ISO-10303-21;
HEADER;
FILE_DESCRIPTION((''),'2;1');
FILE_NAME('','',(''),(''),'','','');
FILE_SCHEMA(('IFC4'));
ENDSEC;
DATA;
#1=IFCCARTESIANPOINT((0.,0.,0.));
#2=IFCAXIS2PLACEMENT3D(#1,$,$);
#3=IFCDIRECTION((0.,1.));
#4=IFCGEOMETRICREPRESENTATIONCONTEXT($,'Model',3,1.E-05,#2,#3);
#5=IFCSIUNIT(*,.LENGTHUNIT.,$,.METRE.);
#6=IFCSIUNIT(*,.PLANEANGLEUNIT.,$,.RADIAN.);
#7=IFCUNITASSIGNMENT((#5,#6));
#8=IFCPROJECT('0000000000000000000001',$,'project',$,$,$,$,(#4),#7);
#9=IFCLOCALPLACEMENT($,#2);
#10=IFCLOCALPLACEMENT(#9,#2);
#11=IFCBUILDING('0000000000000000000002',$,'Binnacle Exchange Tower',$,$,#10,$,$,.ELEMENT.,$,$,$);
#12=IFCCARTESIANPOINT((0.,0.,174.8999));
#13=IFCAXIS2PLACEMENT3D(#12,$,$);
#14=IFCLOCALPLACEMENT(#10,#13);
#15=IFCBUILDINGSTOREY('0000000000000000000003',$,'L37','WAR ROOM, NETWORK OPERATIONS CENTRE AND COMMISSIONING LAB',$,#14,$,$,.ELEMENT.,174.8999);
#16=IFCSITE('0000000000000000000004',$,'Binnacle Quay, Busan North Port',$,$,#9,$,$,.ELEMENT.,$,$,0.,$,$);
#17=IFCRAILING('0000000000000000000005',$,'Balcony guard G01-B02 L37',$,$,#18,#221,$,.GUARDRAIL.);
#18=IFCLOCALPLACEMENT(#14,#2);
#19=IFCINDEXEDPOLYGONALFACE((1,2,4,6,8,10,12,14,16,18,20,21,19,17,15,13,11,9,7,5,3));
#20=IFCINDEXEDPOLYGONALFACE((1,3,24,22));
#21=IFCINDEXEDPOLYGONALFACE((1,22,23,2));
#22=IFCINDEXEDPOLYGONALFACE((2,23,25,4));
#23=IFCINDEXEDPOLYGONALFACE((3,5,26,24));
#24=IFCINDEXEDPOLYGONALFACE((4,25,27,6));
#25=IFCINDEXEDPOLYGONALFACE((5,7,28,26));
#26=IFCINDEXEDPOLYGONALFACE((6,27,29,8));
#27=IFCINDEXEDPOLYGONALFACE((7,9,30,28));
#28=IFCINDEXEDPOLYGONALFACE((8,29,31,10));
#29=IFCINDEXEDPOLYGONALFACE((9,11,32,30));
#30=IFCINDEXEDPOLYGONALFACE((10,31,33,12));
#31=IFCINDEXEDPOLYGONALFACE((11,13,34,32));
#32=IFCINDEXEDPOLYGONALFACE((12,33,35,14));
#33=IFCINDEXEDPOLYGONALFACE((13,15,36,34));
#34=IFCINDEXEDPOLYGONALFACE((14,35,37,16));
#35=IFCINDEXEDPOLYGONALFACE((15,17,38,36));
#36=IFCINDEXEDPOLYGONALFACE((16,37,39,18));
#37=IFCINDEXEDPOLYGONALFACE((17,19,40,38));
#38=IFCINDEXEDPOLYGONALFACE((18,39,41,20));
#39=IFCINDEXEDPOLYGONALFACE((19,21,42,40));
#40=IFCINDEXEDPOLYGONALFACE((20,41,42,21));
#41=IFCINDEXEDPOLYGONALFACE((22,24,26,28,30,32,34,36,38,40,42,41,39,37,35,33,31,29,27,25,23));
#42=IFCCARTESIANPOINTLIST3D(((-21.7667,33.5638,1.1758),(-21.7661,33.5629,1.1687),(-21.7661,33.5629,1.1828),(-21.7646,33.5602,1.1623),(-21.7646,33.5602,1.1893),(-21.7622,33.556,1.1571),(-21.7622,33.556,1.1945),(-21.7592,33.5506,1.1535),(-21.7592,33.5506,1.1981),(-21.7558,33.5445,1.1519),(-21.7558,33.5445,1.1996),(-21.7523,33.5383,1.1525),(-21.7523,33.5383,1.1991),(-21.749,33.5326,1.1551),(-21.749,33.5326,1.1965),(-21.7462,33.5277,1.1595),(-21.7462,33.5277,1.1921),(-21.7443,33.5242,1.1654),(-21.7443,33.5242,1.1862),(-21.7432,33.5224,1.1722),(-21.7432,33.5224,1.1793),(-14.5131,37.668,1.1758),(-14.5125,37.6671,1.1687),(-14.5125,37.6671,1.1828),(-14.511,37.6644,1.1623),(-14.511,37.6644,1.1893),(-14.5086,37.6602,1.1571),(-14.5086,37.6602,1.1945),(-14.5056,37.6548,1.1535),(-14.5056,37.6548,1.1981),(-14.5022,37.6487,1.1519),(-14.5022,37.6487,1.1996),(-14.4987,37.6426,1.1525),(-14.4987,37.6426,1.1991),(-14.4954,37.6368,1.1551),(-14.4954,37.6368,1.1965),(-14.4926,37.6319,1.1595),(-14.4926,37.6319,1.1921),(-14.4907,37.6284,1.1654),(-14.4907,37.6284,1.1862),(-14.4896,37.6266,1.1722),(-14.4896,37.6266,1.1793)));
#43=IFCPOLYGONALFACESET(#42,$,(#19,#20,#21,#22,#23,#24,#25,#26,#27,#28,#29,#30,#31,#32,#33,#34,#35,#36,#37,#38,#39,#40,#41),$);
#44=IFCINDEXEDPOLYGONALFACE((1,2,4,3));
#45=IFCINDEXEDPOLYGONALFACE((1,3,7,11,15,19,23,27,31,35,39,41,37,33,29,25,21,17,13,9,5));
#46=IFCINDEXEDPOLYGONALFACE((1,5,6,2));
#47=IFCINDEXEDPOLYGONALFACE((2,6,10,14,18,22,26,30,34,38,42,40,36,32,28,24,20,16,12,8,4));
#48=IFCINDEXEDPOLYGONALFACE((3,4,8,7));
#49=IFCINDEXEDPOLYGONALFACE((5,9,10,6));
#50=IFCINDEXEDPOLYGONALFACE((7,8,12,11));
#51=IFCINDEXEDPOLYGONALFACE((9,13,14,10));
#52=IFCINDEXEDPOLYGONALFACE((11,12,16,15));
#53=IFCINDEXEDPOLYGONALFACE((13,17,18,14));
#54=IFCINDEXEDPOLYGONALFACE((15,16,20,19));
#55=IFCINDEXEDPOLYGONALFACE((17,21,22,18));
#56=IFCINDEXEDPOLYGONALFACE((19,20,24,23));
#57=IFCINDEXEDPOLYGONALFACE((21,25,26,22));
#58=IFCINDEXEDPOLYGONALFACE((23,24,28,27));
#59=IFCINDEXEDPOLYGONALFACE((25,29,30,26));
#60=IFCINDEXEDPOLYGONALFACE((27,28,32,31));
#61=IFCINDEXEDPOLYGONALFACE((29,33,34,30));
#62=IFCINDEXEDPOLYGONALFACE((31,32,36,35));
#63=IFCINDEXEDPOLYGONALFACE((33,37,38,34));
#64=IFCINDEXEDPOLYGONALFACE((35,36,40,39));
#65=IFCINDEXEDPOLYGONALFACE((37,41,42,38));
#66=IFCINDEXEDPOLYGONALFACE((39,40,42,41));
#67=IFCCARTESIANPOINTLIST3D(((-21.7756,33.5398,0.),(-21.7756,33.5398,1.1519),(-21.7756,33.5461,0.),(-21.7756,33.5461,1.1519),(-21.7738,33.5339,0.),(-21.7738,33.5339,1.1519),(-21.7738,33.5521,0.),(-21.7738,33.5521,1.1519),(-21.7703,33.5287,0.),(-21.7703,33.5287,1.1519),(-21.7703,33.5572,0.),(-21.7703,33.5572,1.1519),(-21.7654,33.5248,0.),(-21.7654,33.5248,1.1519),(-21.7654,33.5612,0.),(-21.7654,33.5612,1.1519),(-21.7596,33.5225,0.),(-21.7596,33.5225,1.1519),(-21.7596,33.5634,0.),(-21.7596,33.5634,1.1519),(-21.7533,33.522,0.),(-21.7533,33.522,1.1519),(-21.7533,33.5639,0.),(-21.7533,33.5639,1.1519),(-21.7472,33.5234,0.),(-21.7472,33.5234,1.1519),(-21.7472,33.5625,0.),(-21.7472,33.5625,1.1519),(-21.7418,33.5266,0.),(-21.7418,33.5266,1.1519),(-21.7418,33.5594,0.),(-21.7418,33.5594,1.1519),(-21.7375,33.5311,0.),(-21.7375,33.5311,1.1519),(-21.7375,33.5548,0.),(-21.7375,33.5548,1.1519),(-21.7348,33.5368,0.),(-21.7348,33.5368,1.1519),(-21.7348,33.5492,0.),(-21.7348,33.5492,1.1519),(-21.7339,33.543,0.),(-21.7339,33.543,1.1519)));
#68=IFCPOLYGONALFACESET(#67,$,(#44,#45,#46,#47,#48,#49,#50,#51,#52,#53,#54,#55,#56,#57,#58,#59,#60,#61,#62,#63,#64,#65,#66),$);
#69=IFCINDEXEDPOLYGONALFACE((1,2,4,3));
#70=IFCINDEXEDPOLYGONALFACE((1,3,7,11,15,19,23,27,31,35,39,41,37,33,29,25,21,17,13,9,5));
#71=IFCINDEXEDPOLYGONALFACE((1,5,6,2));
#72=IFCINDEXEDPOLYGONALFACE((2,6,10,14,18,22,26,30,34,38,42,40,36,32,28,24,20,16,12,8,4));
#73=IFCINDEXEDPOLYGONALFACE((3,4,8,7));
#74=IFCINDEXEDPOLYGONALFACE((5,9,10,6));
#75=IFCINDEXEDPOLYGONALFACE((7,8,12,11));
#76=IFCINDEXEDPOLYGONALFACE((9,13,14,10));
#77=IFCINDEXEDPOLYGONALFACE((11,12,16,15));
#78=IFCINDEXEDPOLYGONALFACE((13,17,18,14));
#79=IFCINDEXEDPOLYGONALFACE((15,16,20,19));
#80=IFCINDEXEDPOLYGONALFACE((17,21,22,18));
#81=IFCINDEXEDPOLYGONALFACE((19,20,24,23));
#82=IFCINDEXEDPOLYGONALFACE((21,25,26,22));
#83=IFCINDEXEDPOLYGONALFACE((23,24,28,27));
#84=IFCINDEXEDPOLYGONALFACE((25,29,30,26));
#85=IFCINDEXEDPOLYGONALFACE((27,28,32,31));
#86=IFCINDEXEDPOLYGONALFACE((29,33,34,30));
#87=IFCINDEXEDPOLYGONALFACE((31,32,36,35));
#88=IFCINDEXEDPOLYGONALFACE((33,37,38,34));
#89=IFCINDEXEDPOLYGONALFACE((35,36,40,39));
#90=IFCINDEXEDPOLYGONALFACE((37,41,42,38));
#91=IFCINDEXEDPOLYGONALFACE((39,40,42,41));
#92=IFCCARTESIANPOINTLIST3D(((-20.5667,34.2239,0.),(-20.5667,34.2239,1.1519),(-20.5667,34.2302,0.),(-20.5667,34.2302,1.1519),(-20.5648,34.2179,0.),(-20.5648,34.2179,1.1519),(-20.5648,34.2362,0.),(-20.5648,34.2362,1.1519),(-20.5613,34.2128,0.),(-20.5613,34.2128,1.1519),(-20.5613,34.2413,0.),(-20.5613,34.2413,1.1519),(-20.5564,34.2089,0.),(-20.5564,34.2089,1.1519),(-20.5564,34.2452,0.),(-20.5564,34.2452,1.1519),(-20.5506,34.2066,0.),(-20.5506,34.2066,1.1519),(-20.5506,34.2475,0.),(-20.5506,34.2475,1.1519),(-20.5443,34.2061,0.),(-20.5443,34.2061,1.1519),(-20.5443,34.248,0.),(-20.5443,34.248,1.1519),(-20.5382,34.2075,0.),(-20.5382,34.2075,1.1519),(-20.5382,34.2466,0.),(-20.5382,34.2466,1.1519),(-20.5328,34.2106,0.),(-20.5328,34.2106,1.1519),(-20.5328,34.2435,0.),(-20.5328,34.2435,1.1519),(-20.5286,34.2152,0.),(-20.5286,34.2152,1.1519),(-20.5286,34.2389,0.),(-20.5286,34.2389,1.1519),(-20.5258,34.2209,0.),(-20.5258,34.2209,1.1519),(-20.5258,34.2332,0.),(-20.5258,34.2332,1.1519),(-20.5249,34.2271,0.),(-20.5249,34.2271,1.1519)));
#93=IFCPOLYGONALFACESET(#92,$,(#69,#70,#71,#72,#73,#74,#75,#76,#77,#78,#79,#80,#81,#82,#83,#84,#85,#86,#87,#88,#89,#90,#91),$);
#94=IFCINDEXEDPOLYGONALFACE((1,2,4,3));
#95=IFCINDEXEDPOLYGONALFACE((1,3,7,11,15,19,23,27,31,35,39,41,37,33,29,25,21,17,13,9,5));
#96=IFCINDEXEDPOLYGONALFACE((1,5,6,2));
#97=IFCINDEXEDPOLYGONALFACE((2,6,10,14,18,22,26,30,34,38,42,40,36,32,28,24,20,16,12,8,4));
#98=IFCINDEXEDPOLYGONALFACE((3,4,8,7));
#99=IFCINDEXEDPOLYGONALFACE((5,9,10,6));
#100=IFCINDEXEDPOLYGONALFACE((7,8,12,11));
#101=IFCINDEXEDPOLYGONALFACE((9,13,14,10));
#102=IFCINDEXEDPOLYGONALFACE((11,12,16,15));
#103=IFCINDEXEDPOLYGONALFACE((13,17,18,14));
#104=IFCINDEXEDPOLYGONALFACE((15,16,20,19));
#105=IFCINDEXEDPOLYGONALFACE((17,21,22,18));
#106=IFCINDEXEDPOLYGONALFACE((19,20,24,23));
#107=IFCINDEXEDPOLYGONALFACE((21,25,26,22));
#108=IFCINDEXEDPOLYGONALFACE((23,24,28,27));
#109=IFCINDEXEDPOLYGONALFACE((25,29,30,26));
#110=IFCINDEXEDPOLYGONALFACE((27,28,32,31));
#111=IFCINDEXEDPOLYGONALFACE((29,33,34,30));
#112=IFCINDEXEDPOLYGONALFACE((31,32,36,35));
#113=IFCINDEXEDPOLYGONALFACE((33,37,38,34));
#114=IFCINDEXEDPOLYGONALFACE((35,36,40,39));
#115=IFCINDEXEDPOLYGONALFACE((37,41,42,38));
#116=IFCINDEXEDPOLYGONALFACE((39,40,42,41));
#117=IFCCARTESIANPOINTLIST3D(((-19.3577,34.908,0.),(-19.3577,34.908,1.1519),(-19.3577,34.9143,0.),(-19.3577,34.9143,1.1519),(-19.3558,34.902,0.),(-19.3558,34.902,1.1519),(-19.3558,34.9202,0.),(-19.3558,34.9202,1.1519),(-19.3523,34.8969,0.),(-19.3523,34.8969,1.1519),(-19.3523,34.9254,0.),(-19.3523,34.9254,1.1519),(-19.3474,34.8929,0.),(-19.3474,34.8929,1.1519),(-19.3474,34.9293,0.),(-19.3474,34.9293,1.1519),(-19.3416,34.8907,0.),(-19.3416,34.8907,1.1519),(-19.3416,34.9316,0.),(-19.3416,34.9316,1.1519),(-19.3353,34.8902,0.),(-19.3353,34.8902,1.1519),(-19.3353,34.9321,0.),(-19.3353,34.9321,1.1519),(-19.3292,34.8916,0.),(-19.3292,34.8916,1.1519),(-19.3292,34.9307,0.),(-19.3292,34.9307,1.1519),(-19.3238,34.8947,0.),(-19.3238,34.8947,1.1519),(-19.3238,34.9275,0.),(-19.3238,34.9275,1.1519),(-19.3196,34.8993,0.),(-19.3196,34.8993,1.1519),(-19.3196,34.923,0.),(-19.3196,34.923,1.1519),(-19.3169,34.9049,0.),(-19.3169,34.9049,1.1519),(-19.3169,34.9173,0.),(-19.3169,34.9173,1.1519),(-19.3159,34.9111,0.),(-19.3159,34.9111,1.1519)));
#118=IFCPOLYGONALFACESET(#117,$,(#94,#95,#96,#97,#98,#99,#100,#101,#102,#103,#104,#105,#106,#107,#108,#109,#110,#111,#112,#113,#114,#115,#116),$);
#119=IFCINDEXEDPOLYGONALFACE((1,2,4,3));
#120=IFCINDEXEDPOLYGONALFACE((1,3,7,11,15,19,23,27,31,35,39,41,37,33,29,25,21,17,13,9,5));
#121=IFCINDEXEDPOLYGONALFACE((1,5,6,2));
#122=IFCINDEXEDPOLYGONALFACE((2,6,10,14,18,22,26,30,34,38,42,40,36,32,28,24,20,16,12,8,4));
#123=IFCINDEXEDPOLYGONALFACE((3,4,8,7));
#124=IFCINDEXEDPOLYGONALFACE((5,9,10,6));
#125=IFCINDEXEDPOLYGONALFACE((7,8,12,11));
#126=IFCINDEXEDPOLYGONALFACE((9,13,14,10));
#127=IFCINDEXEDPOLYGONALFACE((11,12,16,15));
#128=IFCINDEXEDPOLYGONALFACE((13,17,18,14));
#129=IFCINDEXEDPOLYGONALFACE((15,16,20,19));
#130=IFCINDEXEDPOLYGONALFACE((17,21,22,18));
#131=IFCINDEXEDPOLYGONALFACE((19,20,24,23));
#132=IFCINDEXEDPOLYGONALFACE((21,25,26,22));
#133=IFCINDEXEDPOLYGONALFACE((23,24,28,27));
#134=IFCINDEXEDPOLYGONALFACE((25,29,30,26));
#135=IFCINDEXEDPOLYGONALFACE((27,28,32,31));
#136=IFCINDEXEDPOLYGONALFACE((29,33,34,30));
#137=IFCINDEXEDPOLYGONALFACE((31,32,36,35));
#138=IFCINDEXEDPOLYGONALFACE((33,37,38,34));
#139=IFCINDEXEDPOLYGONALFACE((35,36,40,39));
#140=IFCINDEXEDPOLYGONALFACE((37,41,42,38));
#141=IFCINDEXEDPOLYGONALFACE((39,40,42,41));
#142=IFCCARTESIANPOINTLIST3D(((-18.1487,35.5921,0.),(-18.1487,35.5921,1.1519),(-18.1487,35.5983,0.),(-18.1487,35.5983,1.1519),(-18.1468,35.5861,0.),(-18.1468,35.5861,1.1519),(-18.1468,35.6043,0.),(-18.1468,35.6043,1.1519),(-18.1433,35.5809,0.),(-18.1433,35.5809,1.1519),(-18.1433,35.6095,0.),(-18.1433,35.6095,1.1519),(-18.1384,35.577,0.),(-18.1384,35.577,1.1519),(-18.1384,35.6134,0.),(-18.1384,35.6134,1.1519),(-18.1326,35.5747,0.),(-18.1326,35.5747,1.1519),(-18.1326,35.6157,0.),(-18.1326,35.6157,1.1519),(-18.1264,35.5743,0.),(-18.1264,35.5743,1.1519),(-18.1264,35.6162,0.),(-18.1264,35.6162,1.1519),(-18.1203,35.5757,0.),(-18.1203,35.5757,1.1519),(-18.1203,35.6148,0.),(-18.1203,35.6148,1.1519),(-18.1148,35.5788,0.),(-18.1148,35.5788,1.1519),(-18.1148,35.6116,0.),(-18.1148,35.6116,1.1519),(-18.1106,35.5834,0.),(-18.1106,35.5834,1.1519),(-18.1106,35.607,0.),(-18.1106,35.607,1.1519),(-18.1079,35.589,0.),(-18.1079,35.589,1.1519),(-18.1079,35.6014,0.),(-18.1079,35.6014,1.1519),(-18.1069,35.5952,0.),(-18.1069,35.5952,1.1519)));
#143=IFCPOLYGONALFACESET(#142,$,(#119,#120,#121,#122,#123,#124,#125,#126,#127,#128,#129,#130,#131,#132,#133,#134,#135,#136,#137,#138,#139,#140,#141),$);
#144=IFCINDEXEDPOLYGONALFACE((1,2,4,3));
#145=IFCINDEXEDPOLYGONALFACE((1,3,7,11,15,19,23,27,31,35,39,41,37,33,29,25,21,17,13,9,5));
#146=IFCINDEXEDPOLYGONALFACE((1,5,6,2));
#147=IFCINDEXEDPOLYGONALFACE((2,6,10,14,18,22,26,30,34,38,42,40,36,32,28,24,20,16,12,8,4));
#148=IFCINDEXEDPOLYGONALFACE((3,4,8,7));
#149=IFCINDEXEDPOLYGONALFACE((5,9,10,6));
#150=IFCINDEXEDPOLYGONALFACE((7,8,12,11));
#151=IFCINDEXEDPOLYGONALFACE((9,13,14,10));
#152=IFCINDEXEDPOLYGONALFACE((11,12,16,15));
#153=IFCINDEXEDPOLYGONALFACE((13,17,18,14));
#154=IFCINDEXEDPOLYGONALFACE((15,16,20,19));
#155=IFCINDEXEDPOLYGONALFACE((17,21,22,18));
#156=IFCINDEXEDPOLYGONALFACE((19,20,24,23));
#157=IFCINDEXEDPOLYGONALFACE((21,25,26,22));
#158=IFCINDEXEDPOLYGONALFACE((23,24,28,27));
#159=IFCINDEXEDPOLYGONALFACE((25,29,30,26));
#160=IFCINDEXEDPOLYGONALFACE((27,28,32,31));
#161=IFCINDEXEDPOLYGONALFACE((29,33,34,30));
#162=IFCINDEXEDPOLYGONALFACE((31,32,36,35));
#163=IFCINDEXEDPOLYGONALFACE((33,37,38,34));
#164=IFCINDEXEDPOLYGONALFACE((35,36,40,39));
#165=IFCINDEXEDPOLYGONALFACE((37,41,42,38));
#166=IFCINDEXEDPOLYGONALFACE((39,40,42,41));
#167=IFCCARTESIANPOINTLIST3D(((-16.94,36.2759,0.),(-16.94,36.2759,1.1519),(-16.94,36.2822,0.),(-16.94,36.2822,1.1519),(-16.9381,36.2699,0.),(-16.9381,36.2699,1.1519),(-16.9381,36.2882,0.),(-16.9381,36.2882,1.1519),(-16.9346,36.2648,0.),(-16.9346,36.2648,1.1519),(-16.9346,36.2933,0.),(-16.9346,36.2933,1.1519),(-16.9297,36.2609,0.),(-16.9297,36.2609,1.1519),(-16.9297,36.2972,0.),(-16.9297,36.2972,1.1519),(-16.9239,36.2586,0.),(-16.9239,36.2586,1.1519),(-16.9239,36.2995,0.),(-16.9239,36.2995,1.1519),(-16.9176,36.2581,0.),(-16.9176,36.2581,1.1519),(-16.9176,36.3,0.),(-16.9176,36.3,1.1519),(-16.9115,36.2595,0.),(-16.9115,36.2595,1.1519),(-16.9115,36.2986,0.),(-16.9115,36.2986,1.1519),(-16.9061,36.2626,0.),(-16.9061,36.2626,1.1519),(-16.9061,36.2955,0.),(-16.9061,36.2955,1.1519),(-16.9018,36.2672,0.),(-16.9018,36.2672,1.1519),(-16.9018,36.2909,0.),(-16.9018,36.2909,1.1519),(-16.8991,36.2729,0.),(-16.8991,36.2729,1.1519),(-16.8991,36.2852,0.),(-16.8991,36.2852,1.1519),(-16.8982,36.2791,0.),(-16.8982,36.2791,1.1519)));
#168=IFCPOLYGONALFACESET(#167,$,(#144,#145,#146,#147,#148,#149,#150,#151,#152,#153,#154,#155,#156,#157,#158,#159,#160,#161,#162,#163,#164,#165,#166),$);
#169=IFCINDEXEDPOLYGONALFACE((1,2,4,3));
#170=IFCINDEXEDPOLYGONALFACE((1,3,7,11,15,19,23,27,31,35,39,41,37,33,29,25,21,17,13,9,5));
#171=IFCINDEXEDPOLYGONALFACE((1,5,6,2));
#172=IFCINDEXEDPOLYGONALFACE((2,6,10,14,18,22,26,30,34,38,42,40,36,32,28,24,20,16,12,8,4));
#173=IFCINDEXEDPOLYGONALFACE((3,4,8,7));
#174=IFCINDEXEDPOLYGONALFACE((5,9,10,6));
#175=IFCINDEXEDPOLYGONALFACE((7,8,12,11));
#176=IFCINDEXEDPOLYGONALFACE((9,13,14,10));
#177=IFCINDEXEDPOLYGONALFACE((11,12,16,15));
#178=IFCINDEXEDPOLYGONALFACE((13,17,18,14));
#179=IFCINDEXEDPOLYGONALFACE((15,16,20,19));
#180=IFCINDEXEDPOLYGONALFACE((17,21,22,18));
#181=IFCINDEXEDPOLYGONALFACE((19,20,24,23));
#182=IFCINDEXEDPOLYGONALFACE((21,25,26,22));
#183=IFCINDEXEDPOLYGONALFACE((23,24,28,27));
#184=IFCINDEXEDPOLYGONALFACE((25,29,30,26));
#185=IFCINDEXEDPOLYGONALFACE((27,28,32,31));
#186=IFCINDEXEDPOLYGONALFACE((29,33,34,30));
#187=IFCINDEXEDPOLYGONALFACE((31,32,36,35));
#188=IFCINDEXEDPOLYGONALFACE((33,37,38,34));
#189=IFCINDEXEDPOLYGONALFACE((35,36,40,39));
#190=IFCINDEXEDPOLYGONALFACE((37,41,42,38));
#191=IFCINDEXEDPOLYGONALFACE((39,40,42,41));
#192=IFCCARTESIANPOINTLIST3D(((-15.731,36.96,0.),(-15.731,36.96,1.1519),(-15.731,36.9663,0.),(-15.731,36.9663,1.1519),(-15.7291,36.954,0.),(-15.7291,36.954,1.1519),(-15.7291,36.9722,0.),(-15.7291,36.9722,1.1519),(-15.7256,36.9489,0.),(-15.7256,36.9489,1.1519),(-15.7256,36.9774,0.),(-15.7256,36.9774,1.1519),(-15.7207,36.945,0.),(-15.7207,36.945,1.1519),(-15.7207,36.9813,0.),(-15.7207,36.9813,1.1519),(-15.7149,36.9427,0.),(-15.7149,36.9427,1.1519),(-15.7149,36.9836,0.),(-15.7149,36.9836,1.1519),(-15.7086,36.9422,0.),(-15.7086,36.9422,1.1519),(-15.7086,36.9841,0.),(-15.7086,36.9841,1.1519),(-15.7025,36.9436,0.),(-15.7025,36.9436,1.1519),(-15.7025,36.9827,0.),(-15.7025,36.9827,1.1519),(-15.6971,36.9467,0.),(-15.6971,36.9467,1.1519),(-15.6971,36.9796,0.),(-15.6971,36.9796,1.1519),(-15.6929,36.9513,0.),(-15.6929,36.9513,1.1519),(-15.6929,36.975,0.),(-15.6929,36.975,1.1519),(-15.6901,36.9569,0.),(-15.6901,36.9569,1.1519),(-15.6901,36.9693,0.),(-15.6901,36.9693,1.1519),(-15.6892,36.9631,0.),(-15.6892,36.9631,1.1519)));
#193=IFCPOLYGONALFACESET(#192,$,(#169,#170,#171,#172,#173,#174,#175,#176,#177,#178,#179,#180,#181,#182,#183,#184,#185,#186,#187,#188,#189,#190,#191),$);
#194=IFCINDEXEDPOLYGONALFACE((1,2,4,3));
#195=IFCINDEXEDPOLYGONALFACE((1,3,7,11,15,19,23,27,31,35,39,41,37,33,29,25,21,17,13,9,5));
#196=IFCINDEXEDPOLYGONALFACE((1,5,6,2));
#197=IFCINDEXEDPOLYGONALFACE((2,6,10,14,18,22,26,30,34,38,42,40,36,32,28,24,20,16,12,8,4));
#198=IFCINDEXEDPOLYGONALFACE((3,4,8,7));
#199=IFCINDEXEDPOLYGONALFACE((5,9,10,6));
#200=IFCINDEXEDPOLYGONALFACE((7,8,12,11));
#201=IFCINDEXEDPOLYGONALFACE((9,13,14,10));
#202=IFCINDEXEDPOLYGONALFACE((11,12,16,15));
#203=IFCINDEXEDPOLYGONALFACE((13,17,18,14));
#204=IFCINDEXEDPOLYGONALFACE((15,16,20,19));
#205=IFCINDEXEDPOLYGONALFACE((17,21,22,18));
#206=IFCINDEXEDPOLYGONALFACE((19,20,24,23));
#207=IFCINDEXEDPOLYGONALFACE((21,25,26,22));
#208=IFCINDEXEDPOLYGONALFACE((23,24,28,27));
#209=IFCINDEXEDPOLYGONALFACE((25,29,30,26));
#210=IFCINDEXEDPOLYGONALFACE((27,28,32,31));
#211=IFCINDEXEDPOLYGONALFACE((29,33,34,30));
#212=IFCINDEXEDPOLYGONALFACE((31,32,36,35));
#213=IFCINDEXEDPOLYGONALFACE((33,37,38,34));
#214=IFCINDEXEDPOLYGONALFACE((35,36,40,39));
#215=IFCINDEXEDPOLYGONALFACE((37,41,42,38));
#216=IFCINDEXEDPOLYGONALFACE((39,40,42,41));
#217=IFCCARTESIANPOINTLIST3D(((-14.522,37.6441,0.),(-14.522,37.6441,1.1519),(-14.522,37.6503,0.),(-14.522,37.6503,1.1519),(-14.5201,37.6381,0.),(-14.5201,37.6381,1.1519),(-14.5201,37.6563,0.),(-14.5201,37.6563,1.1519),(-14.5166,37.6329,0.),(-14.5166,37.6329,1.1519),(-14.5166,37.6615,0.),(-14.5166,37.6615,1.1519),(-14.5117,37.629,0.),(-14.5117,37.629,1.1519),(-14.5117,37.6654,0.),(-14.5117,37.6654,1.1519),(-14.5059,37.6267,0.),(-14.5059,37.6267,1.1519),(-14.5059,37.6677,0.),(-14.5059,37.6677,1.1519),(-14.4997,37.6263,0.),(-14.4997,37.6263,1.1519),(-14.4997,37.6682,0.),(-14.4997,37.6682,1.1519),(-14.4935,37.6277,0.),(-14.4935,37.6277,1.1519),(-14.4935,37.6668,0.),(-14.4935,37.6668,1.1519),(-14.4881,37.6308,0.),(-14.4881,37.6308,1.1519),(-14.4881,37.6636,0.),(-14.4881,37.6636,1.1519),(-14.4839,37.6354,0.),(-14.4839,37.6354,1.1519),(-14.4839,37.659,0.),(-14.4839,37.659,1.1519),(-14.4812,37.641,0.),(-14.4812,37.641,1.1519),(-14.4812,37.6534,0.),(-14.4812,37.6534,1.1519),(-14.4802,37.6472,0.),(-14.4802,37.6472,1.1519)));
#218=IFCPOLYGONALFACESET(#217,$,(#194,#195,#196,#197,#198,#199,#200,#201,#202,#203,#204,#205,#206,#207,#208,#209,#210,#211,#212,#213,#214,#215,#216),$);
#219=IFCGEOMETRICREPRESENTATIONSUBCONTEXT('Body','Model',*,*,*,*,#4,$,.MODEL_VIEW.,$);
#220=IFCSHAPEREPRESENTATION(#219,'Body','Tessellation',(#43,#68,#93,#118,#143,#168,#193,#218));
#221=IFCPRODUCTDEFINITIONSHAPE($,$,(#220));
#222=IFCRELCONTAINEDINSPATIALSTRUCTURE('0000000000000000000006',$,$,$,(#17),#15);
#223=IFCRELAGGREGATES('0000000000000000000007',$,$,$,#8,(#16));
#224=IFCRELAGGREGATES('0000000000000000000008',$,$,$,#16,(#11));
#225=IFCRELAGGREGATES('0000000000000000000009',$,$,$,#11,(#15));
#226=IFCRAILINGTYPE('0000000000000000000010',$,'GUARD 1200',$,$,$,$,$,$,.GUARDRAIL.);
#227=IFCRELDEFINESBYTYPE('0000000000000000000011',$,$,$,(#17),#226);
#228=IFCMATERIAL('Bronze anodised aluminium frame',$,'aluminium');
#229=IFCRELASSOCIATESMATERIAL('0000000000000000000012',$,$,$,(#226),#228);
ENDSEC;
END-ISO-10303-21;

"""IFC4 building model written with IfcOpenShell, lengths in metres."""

from ifc_helpers import new_model, si_unit, direction, frame, origin, origin_2d, place, context, subcontext, project, spatial, circle, extrude, material, type_object, element, save


model = new_model("IFC4")

# Units and contexts
model_context = context("Model", 3, precision=1e-05, world=origin(), true_north=direction((0.0, 1.0)))
body_context = subcontext(model_context, "Body", "Model", "MODEL_VIEW")
ifc_project = project(units=[si_unit("LENGTHUNIT", "METRE"), si_unit("PLANEANGLEUNIT", "RADIAN")], contexts=[model_context])

# Site, building, storey
site_placement = place(None, origin())
site = spatial("IfcSite", under=ifc_project, at=site_placement, Name="Binnacle Quay, Busan North Port", CompositionType="ELEMENT", RefElevation=0.0)
building_placement = place(site_placement, origin())
building = spatial("IfcBuilding", under=site, at=building_placement, Name="Binnacle Exchange Tower", CompositionType="ELEMENT")
storey_placement = place(building_placement, frame((0.0, 0.0, 174.8999)))
storey = spatial("IfcBuildingStorey", under=building, at=storey_placement, Name="L37", Description="WAR ROOM, NETWORK OPERATIONS CENTRE AND COMMISSIONING LAB", CompositionType="ELEMENT", Elevation=174.8999)

# Railing
ifc_material_1 = material(Name="Bronze anodised aluminium frame", Category="aluminium")
railing_type_1 = type_object("IfcRailingType", Name="GUARD 1200", PredefinedType="GUARDRAIL", material=ifc_material_1)
railing_1_placement = place(storey_placement, frame((-21.7549, 33.543, 0.0)))
element("IfcRailing", 1, at=railing_1_placement, inside=storey, type_object=railing_type_1, Name="Balcony guard G01-B02 L37", PredefinedType="GUARDRAIL", context=body_context, shape_type="SweptSolid", body=[
    extrude(circle(Radius=0.0239, at=origin_2d()), frame((0.0, 0.0, 1.1758), z_axis=(0.870339, 0.492453, 0.0), x_axis=(-0.492453, 0.870339, 0.0)), (0.0, 0.0, 1.0), 8.3342),
    extrude(circle(Radius=0.021, at=origin_2d()), origin(), (0.0, 0.0, 1.0), 1.1519),
    extrude(circle(Radius=0.021, at=origin_2d()), frame((1.209, 0.6841, 0.0)), (0.0, 0.0, 1.0), 1.1519),
    extrude(circle(Radius=0.021, at=origin_2d()), frame((2.418, 1.3682, 0.0)), (0.0, 0.0, 1.0), 1.1519),
    extrude(circle(Radius=0.021, at=origin_2d()), frame((3.627, 2.0522, 0.0)), (0.0, 0.0, 1.0), 1.1519),
    extrude(circle(Radius=0.021, at=origin_2d()), frame((4.8357, 2.7361, 0.0)), (0.0, 0.0, 1.0), 1.1519),
    extrude(circle(Radius=0.021, at=origin_2d()), frame((6.0447, 3.4202, 0.0)), (0.0, 0.0, 1.0), 1.1519),
    extrude(circle(Radius=0.021, at=origin_2d()), frame((7.2537, 4.1042, 0.0)), (0.0, 0.0, 1.0), 1.1519),
])

save(model, "model.ifc")
